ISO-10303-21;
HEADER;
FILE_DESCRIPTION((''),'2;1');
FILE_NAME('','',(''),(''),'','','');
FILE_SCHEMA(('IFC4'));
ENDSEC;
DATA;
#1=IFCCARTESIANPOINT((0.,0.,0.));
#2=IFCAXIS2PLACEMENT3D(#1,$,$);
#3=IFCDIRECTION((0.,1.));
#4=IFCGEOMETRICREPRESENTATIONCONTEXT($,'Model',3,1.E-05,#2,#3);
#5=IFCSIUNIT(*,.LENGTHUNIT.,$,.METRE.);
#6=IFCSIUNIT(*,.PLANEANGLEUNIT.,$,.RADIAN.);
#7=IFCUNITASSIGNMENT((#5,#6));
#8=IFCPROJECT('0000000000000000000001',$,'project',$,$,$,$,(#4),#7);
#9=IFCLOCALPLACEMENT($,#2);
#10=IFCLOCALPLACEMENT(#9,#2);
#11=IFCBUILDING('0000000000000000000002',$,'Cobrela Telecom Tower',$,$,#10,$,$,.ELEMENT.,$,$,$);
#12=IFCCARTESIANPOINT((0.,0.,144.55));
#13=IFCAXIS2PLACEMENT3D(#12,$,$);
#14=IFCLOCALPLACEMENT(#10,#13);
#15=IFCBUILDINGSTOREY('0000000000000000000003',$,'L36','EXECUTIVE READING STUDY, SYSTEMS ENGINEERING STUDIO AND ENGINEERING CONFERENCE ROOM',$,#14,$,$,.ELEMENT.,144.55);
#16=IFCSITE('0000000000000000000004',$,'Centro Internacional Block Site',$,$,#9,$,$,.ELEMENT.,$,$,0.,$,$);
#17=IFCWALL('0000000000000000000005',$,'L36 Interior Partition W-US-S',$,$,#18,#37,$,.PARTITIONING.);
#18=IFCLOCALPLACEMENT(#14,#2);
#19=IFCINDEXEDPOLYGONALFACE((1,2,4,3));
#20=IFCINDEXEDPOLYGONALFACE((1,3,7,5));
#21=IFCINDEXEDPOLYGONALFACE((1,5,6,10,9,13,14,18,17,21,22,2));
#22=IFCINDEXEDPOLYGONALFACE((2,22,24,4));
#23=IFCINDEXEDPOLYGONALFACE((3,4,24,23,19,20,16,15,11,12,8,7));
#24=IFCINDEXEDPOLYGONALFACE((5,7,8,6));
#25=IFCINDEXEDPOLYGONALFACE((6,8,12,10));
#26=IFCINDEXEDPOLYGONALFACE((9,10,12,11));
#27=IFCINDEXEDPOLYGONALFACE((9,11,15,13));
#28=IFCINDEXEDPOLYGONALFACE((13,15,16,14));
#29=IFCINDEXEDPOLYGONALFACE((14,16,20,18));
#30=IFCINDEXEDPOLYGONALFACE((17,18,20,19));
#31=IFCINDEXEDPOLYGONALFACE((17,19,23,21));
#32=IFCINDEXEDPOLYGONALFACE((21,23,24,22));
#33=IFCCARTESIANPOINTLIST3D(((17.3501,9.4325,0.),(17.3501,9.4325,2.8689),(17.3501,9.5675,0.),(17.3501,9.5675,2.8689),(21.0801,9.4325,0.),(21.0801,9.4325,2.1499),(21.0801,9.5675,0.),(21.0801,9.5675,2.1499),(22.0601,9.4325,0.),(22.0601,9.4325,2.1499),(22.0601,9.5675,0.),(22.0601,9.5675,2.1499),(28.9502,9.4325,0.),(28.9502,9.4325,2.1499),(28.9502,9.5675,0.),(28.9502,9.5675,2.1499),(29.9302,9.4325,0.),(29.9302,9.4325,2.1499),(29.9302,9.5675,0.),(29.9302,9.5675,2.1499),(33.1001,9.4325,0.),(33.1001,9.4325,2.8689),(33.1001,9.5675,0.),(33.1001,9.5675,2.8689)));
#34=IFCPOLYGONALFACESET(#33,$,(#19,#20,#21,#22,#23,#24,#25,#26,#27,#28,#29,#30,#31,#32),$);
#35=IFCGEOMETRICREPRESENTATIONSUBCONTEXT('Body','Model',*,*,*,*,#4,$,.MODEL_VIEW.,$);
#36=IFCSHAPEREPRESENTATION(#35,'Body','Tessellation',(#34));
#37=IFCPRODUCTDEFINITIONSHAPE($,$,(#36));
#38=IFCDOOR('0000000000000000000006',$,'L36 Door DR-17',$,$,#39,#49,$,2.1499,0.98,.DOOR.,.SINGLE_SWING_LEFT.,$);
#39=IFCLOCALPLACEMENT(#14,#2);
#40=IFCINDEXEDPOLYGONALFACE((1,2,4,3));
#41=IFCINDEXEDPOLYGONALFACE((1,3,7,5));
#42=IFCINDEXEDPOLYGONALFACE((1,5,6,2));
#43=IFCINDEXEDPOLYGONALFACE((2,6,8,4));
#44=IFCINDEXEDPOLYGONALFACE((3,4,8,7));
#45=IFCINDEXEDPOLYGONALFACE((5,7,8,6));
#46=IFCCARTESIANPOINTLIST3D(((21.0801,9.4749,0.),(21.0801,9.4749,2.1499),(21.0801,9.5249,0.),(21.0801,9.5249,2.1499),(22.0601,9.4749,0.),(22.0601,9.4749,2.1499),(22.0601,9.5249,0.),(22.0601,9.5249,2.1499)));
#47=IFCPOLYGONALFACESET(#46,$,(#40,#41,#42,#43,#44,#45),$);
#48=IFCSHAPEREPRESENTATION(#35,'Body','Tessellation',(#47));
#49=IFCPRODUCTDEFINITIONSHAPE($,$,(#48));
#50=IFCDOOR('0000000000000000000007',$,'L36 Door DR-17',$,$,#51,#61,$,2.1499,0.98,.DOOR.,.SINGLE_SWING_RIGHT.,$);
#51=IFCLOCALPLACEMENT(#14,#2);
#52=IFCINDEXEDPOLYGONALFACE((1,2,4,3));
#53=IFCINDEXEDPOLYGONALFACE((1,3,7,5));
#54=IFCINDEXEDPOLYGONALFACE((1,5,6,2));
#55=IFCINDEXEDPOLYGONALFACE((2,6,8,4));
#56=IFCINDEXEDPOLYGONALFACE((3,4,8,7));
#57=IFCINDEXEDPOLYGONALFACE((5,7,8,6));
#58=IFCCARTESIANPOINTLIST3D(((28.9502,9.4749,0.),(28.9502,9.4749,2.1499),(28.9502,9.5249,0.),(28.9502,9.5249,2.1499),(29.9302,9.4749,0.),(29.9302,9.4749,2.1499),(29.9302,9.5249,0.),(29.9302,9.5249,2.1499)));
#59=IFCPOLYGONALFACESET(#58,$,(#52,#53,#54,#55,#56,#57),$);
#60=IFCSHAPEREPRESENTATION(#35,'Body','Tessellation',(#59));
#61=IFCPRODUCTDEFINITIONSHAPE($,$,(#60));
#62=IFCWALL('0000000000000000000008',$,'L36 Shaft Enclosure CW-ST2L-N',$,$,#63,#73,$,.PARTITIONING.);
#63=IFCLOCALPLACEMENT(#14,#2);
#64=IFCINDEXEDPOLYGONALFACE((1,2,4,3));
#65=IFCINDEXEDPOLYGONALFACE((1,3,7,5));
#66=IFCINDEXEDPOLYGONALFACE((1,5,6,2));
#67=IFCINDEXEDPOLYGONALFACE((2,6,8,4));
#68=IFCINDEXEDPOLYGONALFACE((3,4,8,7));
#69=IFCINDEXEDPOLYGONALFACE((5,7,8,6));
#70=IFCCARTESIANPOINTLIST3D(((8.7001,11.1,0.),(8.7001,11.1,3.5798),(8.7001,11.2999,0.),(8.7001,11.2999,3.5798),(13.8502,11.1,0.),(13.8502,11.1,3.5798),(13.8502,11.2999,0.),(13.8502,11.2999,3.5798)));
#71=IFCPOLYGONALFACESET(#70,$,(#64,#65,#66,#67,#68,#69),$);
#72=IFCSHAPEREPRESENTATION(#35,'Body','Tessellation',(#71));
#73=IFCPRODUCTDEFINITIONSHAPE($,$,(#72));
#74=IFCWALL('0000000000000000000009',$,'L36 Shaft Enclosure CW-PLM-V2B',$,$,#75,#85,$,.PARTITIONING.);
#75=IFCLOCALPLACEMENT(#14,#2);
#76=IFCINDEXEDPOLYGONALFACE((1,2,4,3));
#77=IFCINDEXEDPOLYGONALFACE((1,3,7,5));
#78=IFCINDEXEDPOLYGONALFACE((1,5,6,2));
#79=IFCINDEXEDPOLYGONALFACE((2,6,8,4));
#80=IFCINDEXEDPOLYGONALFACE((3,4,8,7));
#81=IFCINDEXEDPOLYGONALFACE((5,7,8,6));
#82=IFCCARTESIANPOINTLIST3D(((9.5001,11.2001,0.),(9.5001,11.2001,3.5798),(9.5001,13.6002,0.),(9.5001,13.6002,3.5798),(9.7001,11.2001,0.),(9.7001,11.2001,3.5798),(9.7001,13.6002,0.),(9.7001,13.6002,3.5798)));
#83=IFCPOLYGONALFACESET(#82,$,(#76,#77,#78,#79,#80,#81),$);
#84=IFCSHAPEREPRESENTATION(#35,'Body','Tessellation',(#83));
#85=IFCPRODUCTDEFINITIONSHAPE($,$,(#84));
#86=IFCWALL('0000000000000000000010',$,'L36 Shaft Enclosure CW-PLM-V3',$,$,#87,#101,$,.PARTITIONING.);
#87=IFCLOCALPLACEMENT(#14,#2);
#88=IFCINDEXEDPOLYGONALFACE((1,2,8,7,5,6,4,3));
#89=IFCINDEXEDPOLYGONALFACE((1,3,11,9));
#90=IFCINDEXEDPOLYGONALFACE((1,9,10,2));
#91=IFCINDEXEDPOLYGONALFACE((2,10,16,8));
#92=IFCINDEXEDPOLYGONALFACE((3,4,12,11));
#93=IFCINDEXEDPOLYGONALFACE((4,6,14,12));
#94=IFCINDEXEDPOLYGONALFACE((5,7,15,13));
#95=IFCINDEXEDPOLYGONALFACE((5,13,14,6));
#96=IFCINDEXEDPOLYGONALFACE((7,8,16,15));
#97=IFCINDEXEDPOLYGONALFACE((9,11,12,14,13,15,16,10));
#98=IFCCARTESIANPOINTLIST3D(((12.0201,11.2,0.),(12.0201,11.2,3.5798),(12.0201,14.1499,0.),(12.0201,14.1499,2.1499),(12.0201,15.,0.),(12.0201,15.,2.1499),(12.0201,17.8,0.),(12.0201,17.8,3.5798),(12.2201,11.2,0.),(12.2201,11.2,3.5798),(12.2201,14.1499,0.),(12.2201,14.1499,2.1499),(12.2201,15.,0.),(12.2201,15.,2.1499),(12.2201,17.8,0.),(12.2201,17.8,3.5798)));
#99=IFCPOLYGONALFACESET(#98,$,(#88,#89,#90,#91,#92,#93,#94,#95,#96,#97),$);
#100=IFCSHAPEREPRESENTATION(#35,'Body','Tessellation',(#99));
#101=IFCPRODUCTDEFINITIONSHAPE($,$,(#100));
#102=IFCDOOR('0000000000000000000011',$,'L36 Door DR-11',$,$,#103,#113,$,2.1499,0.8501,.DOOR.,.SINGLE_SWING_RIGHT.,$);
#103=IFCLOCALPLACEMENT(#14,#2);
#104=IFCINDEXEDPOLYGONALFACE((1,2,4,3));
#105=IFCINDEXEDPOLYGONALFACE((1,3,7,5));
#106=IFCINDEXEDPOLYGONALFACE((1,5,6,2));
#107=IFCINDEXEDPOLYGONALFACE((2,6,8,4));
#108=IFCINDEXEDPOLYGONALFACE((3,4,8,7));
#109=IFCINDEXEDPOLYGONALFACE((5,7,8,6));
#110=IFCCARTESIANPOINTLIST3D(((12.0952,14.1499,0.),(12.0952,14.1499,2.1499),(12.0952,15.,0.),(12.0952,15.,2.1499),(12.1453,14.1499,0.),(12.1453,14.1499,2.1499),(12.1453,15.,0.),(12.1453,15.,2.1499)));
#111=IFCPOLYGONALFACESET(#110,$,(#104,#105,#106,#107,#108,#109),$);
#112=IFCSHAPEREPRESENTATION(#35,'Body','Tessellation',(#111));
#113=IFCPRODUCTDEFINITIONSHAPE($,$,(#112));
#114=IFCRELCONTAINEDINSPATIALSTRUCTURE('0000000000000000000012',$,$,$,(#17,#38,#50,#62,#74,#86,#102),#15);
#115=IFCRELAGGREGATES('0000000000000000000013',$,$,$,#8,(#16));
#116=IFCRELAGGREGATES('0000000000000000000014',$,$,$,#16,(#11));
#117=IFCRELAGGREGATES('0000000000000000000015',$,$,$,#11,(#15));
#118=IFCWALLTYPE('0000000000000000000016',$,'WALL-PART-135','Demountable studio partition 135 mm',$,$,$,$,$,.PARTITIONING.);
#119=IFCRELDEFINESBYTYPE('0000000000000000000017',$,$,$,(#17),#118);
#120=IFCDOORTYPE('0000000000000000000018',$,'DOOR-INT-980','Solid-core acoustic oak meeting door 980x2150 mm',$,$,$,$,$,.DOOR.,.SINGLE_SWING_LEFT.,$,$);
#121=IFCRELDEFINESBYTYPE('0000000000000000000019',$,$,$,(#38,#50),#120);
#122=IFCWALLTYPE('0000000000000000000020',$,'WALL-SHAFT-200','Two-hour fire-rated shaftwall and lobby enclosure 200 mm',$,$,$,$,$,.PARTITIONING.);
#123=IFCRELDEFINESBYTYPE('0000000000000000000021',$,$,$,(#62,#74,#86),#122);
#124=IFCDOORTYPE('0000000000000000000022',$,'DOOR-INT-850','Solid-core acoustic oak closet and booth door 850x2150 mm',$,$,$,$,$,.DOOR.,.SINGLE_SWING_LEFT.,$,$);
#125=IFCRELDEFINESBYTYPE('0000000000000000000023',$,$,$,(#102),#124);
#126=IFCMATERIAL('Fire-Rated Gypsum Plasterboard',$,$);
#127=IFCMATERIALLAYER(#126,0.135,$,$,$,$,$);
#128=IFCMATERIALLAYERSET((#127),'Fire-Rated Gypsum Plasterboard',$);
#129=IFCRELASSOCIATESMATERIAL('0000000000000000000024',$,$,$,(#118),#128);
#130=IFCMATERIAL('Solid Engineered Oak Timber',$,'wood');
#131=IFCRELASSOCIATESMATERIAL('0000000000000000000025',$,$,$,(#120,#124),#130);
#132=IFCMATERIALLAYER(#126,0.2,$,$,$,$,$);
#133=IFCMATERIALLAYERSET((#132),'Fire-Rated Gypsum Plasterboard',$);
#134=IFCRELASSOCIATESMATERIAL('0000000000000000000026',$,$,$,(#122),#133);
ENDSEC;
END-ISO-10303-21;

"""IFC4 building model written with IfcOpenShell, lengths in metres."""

from ifc_helpers import new_model, si_unit, direction, frame, frame_2d, origin, place, context, subcontext, project, spatial, rectangle, extrude, material, layer, layer_set, type_object, element, fill, save


model = new_model("IFC4")

# Units and contexts
model_context = context("Model", 3, precision=1e-05, world=origin(), true_north=direction((0.0, 1.0)))
body_context = subcontext(model_context, "Body", "Model", "MODEL_VIEW")
ifc_project = project(units=[si_unit("LENGTHUNIT", "METRE"), si_unit("PLANEANGLEUNIT", "RADIAN")], contexts=[model_context])

# Site, building, storey
site_placement = place(None, origin())
site = spatial("IfcSite", under=ifc_project, at=site_placement, Name="Centro Internacional Block Site", CompositionType="ELEMENT", RefElevation=0.0)
building_placement = place(site_placement, origin())
building = spatial("IfcBuilding", under=site, at=building_placement, Name="Cobrela Telecom Tower", CompositionType="ELEMENT")
storey_placement = place(building_placement, frame((0.0, 0.0, 144.55)))
storey = spatial("IfcBuildingStorey", under=building, at=storey_placement, Name="L36", Description="EXECUTIVE READING STUDY, SYSTEMS ENGINEERING STUDIO AND ENGINEERING CONFERENCE ROOM", CompositionType="ELEMENT", Elevation=144.55)

# Shared definitions
ifc_material_1 = material(Name="Fire-Rated Gypsum Plasterboard")

# Wall, openings, doors
ifc_layer_1 = layer(ifc_material_1, 0.135)
ifc_layer_set_1 = layer_set([ifc_layer_1], Name="Fire-Rated Gypsum Plasterboard")
wall_type_1 = type_object("IfcWallType", Name="WALL-PART-135", Description="Demountable studio partition 135 mm", PredefinedType="PARTITIONING", material=ifc_layer_set_1)
wall_1_placement = place(storey_placement, frame((17.3501, 9.5, 0.0), z_axis=(0.0, 0.0, 1.0), x_axis=(1.0, 0.0, 0.0)))
wall_1 = element("IfcWall", 1, at=wall_1_placement, inside=storey, type_object=wall_type_1, Name="L36 Interior Partition W-US-S", PredefinedType="PARTITIONING", context=body_context, shape_type="SweptSolid", body=[
    extrude(rectangle(XDim=15.75, YDim=0.135, at=frame_2d((7.875, 0.0))), origin(), (0.0, 0.0, 1.0), 2.8689),
])
opening_1_placement = place(wall_1_placement, frame((3.73, 0.0, 0.0)))
opening_1 = element("IfcOpeningElement", 2, at=opening_1_placement, cuts=wall_1, PredefinedType="OPENING", context=body_context, shape_type="SweptSolid", body=[
    extrude(rectangle(XDim=0.98, YDim=2.1499, at=frame_2d((0.49, 1.075))), frame((0.0, 0.0796, 0.0), z_axis=(0.0, -1.0, 0.0), x_axis=(1.0, 0.0, 0.0)), (0.0, 0.0, 1.0), 0.1589),
])
opening_2_placement = place(wall_1_placement, frame((11.6001, 0.0, 0.0)))
opening_2 = element("IfcOpeningElement", 3, at=opening_2_placement, cuts=wall_1, PredefinedType="OPENING", context=body_context, shape_type="SweptSolid", body=[
    extrude(rectangle(XDim=0.98, YDim=2.1499, at=frame_2d((0.49, 1.075))), frame((0.0, 0.0796, 0.0), z_axis=(0.0, -1.0, 0.0), x_axis=(1.0, 0.0, 0.0)), (0.0, 0.0, 1.0), 0.1589),
])
ifc_material_2 = material(Name="Solid Engineered Oak Timber", Category="wood")
door_type_1 = type_object("IfcDoorType", Name="DOOR-INT-980", Description="Solid-core acoustic oak meeting door 980x2150 mm", OperationType="SINGLE_SWING_LEFT", PredefinedType="DOOR", material=ifc_material_2)
door_1_placement = place(opening_1_placement, origin())
door_1 = element("IfcDoor", 4, at=door_1_placement, inside=storey, type_object=door_type_1, Name="L36 Door DR-17", OperationType="SINGLE_SWING_LEFT", OverallHeight=2.1499, OverallWidth=0.98, PredefinedType="DOOR", context=body_context, shape_type="SweptSolid", body=[
    extrude(rectangle(XDim=0.98, YDim=2.1499, at=frame_2d((0.49, 1.075))), frame((0.0, 0.0249, 0.0), z_axis=(0.0, -1.0, 0.0), x_axis=(1.0, 0.0, 0.0)), (0.0, 0.0, 1.0), 0.05),
])
fill(opening_1, door_1)
door_2_placement = place(opening_2_placement, origin())
door_2 = element("IfcDoor", 5, at=door_2_placement, inside=storey, type_object=door_type_1, Name="L36 Door DR-17", OperationType="SINGLE_SWING_RIGHT", OverallHeight=2.1499, OverallWidth=0.98, PredefinedType="DOOR", context=body_context, shape_type="SweptSolid", body=[
    extrude(rectangle(XDim=0.98, YDim=2.1499, at=frame_2d((0.49, 1.075))), frame((0.0, 0.0249, 0.0), z_axis=(0.0, -1.0, 0.0), x_axis=(1.0, 0.0, 0.0)), (0.0, 0.0, 1.0), 0.05),
])
fill(opening_2, door_2)

# Walls
ifc_layer_2 = layer(ifc_material_1, 0.2)
ifc_layer_set_2 = layer_set([ifc_layer_2], Name="Fire-Rated Gypsum Plasterboard")
wall_type_2 = type_object("IfcWallType", Name="WALL-SHAFT-200", Description="Two-hour fire-rated shaftwall and lobby enclosure 200 mm", PredefinedType="PARTITIONING", material=ifc_layer_set_2)
wall_2_placement = place(storey_placement, frame((8.7, 11.2, 0.0), z_axis=(0.0, 0.0, 1.0), x_axis=(1.0, 0.0, 0.0)))
element("IfcWall", 6, at=wall_2_placement, inside=storey, type_object=wall_type_2, Name="L36 Shaft Enclosure CW-ST2L-N", PredefinedType="PARTITIONING", context=body_context, shape_type="SweptSolid", body=[
    extrude(rectangle(XDim=5.1501, YDim=0.2, at=frame_2d((2.5752, 0.0))), origin(), (0.0, 0.0, 1.0), 3.5798),
])
wall_3_placement = place(storey_placement, frame((9.6001, 11.2, 0.0), z_axis=(0.0, 0.0, 1.0), x_axis=(0.0, 1.0, 0.0)))
element("IfcWall", 7, at=wall_3_placement, inside=storey, type_object=wall_type_2, Name="L36 Shaft Enclosure CW-PLM-V2B", PredefinedType="PARTITIONING", context=body_context, shape_type="SweptSolid", body=[
    extrude(rectangle(XDim=2.4001, YDim=0.2, at=frame_2d((1.2002, 0.0))), origin(), (0.0, 0.0, 1.0), 3.5798),
])

# Wall, opening, door
wall_4_placement = place(storey_placement, frame((12.1201, 11.2, 0.0), z_axis=(0.0, 0.0, 1.0), x_axis=(0.0, 1.0, 0.0)))
wall_4 = element("IfcWall", 8, at=wall_4_placement, inside=storey, type_object=wall_type_2, Name="L36 Shaft Enclosure CW-PLM-V3", PredefinedType="PARTITIONING", context=body_context, shape_type="SweptSolid", body=[
    extrude(rectangle(XDim=6.6001, YDim=0.2, at=frame_2d((3.3, 0.0))), origin(), (0.0, 0.0, 1.0), 3.5798),
])
opening_3_placement = place(wall_4_placement, frame((2.95, 0.0, 0.0)))
opening_3 = element("IfcOpeningElement", 9, at=opening_3_placement, cuts=wall_4, PredefinedType="OPENING", context=body_context, shape_type="SweptSolid", body=[
    extrude(rectangle(XDim=0.8501, YDim=2.1499, at=frame_2d((0.425, 1.075))), frame((0.0, 0.1118, 0.0), z_axis=(0.0, -1.0, 0.0), x_axis=(1.0, 0.0, 0.0)), (0.0, 0.0, 1.0), 0.2239),
])
door_type_2 = type_object("IfcDoorType", Name="DOOR-INT-850", Description="Solid-core acoustic oak closet and booth door 850x2150 mm", OperationType="SINGLE_SWING_LEFT", PredefinedType="DOOR", material=ifc_material_2)
door_3_placement = place(opening_3_placement, origin())
door_3 = element("IfcDoor", 10, at=door_3_placement, inside=storey, type_object=door_type_2, Name="L36 Door DR-11", OperationType="SINGLE_SWING_RIGHT", OverallHeight=2.1499, OverallWidth=0.8501, PredefinedType="DOOR", context=body_context, shape_type="SweptSolid", body=[
    extrude(rectangle(XDim=0.8501, YDim=2.1499, at=frame_2d((0.425, 1.075))), frame((0.0, 0.0249, 0.0), z_axis=(0.0, -1.0, 0.0), x_axis=(1.0, 0.0, 0.0)), (0.0, 0.0, 1.0), 0.05),
])
fill(opening_3, door_3)

save(model, "model.ifc")
